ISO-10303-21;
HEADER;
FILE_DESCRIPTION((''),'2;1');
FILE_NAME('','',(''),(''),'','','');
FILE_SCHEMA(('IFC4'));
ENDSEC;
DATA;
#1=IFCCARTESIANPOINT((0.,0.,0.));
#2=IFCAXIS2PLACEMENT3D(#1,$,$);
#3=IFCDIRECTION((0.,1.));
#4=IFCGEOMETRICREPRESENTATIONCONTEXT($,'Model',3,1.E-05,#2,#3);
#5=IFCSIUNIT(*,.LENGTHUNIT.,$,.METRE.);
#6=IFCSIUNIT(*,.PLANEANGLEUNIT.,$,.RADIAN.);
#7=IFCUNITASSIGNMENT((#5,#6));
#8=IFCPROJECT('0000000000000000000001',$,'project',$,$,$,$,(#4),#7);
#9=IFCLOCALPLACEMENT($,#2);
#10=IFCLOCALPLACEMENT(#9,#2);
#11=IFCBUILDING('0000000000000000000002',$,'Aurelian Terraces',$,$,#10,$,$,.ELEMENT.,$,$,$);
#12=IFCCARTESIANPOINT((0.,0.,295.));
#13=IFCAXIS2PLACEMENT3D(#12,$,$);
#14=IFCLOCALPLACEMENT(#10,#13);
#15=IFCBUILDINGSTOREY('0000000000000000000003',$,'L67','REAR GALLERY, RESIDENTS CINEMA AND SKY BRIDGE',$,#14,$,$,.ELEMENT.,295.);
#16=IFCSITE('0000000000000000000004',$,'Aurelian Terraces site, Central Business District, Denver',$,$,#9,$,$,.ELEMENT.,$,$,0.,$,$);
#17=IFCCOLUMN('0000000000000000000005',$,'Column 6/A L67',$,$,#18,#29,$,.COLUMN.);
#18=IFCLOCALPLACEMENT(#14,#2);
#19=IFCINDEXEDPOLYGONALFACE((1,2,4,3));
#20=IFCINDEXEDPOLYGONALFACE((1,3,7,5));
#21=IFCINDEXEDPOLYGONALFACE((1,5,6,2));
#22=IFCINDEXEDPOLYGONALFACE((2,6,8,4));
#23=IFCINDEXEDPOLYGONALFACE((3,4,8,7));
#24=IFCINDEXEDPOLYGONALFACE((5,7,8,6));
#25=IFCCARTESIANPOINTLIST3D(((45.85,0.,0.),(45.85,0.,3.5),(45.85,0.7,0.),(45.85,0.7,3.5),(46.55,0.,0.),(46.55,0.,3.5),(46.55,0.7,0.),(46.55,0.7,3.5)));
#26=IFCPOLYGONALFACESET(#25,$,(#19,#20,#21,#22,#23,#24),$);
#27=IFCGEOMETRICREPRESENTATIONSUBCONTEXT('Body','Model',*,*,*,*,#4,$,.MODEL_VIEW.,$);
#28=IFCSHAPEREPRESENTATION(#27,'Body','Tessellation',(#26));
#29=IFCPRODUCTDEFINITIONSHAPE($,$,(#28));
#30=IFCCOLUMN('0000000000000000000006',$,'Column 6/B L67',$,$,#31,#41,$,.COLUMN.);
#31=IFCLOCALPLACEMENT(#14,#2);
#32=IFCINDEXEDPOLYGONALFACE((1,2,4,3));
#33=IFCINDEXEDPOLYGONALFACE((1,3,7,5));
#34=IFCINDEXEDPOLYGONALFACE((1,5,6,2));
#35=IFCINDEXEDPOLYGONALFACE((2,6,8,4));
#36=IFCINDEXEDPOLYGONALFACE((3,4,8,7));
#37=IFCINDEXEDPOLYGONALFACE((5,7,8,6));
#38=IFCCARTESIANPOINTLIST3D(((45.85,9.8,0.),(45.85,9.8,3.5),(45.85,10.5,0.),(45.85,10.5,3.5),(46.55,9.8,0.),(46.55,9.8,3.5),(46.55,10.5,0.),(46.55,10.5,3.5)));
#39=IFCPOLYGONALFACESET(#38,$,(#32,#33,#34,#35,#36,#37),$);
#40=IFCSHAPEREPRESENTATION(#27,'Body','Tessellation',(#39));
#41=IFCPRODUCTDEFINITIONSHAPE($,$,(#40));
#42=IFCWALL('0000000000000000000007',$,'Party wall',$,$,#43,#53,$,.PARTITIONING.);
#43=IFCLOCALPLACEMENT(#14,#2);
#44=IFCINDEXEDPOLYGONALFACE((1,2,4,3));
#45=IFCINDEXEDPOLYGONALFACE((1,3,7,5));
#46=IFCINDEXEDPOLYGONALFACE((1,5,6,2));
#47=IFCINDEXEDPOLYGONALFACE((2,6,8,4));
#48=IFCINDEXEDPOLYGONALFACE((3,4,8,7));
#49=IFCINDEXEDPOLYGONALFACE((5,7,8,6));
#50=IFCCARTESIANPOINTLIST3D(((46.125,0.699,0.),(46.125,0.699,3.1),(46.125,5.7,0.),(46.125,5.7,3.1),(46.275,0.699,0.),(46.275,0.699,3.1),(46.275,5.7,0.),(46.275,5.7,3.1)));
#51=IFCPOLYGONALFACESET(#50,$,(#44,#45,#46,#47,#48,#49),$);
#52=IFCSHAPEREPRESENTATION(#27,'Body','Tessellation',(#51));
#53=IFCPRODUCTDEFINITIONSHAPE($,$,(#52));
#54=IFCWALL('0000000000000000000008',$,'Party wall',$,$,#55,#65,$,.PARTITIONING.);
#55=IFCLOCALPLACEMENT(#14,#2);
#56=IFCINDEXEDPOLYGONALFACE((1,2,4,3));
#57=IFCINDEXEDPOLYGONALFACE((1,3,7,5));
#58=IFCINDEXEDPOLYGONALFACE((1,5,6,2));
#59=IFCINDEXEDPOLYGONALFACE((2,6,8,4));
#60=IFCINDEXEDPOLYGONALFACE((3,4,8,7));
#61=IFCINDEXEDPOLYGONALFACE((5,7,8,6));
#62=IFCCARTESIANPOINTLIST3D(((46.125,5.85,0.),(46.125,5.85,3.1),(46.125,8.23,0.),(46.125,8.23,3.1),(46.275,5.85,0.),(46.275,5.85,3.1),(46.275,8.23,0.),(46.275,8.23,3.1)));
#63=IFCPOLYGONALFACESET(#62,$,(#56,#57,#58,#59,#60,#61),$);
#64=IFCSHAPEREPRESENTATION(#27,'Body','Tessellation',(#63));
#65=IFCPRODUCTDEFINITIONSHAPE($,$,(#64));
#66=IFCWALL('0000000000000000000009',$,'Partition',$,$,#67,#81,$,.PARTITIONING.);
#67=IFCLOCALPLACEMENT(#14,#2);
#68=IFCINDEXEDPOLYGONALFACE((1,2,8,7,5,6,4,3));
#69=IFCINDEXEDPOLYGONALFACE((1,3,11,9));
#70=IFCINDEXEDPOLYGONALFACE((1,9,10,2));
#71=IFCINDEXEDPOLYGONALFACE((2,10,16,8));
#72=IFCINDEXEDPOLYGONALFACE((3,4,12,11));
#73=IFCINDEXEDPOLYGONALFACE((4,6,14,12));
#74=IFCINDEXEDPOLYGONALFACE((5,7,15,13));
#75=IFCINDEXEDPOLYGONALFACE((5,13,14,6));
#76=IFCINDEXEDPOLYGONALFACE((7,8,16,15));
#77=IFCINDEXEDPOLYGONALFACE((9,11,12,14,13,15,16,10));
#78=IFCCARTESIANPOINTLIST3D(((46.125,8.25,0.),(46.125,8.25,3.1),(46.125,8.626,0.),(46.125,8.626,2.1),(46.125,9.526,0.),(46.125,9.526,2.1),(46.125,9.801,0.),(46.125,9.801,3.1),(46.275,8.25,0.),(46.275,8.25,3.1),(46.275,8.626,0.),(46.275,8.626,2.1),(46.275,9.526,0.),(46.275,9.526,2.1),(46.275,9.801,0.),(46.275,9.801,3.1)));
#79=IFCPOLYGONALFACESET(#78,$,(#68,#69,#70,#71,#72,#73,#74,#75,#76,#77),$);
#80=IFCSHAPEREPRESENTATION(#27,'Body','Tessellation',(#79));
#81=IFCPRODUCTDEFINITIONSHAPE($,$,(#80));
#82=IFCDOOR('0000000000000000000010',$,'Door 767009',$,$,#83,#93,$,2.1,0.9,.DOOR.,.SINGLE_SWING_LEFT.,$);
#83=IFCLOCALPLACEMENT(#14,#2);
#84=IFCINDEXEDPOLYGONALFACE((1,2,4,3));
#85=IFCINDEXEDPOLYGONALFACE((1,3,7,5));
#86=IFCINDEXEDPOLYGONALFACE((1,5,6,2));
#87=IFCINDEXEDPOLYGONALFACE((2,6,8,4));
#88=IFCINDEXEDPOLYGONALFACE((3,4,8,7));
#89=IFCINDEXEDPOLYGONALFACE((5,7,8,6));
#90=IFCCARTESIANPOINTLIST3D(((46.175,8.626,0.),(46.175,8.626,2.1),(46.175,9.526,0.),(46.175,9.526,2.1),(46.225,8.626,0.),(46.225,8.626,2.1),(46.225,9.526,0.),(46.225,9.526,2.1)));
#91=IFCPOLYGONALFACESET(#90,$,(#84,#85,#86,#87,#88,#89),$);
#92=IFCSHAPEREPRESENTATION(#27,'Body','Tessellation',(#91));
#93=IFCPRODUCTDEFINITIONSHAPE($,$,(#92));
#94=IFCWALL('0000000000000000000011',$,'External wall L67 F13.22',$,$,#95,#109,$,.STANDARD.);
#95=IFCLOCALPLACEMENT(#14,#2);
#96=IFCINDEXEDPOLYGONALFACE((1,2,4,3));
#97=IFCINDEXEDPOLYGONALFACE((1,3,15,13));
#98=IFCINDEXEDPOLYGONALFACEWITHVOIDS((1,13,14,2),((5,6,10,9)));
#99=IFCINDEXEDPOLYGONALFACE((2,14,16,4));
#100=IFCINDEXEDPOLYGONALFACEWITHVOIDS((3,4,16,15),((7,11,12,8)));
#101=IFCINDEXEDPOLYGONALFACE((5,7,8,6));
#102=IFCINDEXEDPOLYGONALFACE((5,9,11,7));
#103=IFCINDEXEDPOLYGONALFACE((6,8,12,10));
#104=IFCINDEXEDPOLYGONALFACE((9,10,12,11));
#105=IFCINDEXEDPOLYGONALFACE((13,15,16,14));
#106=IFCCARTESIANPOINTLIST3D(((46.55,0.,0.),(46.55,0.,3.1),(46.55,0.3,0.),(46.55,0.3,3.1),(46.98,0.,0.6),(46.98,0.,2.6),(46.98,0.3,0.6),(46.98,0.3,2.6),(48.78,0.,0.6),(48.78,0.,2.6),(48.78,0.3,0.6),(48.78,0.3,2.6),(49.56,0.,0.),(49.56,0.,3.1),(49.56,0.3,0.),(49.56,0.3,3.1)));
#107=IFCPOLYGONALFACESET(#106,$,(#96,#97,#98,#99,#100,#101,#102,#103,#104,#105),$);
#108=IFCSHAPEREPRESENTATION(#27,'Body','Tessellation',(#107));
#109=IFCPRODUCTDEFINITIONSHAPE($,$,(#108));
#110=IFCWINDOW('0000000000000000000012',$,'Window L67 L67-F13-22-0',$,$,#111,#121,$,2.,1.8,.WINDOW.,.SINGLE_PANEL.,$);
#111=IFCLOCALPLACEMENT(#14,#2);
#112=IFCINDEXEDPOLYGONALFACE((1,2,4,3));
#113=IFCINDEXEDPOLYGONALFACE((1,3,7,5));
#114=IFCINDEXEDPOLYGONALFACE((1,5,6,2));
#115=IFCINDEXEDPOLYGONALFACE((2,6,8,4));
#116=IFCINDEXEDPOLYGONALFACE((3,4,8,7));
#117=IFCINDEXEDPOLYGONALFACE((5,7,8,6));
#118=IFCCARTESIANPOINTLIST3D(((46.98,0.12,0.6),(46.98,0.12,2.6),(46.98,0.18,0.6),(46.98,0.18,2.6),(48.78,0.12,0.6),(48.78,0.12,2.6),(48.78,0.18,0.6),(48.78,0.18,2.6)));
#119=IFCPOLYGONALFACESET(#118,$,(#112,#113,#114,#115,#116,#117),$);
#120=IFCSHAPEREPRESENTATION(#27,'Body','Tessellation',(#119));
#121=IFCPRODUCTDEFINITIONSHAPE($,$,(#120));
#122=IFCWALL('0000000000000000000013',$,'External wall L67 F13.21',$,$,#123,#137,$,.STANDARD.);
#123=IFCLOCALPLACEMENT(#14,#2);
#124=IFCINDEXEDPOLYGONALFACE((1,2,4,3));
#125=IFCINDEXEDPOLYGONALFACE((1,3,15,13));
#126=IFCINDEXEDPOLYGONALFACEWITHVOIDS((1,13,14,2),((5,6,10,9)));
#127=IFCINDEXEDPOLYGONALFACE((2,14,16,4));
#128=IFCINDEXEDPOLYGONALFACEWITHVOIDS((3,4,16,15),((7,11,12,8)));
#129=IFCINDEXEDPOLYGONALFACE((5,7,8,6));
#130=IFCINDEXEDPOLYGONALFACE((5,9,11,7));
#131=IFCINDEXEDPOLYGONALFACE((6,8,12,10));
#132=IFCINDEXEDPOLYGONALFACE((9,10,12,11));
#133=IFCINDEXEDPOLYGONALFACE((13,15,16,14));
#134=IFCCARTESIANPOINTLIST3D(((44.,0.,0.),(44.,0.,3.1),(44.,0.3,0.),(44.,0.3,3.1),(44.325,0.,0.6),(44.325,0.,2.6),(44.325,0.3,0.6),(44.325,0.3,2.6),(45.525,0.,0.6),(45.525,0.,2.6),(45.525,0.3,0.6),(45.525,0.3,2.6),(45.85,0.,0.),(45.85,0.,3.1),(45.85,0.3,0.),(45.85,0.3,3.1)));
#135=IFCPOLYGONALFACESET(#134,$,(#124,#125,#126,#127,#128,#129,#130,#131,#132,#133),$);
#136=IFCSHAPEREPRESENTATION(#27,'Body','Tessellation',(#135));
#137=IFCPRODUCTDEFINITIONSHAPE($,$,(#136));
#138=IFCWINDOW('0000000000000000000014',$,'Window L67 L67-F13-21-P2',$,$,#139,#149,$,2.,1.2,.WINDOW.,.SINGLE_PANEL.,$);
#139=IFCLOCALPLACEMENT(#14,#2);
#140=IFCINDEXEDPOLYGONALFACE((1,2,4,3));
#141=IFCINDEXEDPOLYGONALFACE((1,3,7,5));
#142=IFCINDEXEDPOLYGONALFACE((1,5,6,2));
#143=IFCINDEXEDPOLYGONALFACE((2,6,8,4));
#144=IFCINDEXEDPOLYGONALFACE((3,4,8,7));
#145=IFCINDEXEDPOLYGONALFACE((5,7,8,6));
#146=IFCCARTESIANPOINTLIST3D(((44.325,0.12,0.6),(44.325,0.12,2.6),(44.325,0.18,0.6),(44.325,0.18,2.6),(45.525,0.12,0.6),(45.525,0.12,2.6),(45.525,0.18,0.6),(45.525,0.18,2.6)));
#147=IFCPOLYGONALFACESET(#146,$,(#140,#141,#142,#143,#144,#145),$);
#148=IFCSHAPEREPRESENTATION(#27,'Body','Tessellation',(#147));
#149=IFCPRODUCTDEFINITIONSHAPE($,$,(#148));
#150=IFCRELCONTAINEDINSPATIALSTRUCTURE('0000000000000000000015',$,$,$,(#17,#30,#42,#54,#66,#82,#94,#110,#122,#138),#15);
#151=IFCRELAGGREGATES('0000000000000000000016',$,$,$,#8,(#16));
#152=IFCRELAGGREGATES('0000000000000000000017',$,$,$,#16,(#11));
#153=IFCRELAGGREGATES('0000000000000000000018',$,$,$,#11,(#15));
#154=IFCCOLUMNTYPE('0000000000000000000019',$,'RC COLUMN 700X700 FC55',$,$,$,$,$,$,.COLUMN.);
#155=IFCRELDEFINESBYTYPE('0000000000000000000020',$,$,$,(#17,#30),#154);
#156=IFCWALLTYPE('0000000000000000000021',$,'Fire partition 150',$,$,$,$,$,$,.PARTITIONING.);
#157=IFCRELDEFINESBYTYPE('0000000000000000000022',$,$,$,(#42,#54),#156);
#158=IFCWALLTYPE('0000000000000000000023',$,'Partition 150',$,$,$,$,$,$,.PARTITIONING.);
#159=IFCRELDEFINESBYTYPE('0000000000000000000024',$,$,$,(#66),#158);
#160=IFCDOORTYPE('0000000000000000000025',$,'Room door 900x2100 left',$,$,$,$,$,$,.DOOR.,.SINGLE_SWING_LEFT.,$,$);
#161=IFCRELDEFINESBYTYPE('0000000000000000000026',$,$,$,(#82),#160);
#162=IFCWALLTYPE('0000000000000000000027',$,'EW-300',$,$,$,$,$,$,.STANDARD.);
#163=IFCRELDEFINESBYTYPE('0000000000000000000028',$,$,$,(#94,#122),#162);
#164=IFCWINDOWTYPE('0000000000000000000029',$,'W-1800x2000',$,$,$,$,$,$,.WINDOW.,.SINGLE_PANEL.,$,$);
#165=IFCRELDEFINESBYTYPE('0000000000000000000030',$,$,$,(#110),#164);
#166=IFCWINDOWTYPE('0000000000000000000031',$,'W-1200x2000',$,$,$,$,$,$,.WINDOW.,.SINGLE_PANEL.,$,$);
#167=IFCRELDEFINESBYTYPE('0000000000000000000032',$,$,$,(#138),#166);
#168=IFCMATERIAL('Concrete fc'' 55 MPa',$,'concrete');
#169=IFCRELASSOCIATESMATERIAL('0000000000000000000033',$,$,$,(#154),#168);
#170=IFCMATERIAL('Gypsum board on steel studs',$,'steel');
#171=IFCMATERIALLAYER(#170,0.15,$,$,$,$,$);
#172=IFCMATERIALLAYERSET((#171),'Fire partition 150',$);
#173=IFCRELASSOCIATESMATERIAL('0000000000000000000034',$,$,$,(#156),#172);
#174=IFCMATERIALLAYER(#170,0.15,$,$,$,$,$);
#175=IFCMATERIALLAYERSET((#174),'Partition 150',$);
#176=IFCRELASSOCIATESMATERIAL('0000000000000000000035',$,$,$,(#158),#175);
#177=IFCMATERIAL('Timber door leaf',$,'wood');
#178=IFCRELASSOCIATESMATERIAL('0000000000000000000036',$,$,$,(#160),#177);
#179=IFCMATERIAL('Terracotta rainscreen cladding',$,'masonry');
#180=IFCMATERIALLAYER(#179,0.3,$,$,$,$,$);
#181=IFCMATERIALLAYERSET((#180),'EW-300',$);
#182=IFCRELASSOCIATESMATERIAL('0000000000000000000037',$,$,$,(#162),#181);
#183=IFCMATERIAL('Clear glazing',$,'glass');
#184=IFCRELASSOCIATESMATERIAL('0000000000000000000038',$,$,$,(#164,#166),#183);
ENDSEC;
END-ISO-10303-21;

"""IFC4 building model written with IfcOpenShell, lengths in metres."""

from ifc_helpers import new_model, si_unit, direction, frame, frame_2d, origin, origin_2d, place, context, subcontext, project, spatial, rectangle, extrude, source, transform, mapped, material, layer, layer_set, material_profile, profile_set, type_object, element, fill, save


model = new_model("IFC4")

# Units and contexts
model_context = context("Model", 3, precision=1e-05, world=origin(), true_north=direction((0.0, 1.0)))
body_context = subcontext(model_context, "Body", "Model", "MODEL_VIEW")
ifc_project = project(units=[si_unit("LENGTHUNIT", "METRE"), si_unit("PLANEANGLEUNIT", "RADIAN")], contexts=[model_context])

# Site, building, storey
site_placement = place(None, origin())
site = spatial("IfcSite", under=ifc_project, at=site_placement, Name="Aurelian Terraces site, Central Business District, Denver", CompositionType="ELEMENT", RefElevation=0.0)
building_placement = place(site_placement, origin())
building = spatial("IfcBuilding", under=site, at=building_placement, Name="Aurelian Terraces", CompositionType="ELEMENT")
storey_placement = place(building_placement, frame((0.0, 0.0, 295.0)))
storey = spatial("IfcBuildingStorey", under=building, at=storey_placement, Name="L67", Description="REAR GALLERY, RESIDENTS CINEMA AND SKY BRIDGE", CompositionType="ELEMENT", Elevation=295.0)

# Columns
ifc_material_1 = material(Name="Concrete fc' 55 MPa", Category="concrete")
ifc_material_profile = material_profile(ifc_material_1, rectangle(XDim=0.7, YDim=0.7, at=origin_2d()))
ifc_profile_set = profile_set([ifc_material_profile], Name="Concrete fc' 55 MPa")
column_type = type_object("IfcColumnType", Name="RC COLUMN 700X700 FC55", PredefinedType="COLUMN", material=ifc_profile_set)
shared_shape_1 = source(origin(), body_context, "Body", "SweptSolid", [
    extrude(rectangle(XDim=0.7, YDim=0.7, at=origin_2d()), origin(), (0.0, 0.0, 1.0), 3.5),
])
for number, where, z_axis, x_axis, name in (
    (1, (46.2, 0.35, 0.0), (0.0, 0.0, 1.0), (1.0, 0.0, 0.0), "Column 6/A L67"),
    (2, (46.2, 10.15, 0.0), (0.0, 0.0, 1.0), (1.0, 0.0, 0.0), "Column 6/B L67"),
):
    element("IfcColumn", number, at=place(storey_placement, frame(where, z_axis=z_axis, x_axis=x_axis)), inside=storey, type_object=column_type, Name=name, PredefinedType="COLUMN", context=body_context, shape_type="MappedRepresentation", body=[
        mapped(shared_shape_1, transform((0.0, 0.0, 0.0), scale=1.0)),
    ])

# Walls
ifc_material_2 = material(Name="Gypsum board on steel studs", Category="steel")
ifc_layer_1 = layer(ifc_material_2, 0.15)
ifc_layer_set_1 = layer_set([ifc_layer_1], Name="Fire partition 150")
wall_type_1 = type_object("IfcWallType", Name="Fire partition 150", PredefinedType="PARTITIONING", material=ifc_layer_set_1)
wall_1_placement = place(storey_placement, frame((46.2, 0.699, 0.0), z_axis=(0.0, 0.0, 1.0), x_axis=(0.0, 1.0, 0.0)))
element("IfcWall", 3, at=wall_1_placement, inside=storey, type_object=wall_type_1, Name="Party wall", PredefinedType="PARTITIONING", context=body_context, shape_type="SweptSolid", body=[
    extrude(rectangle(XDim=5.001, YDim=0.15, at=frame_2d((2.5005, 0.0))), origin(), (0.0, 0.0, 1.0), 3.1),
])
wall_2_placement = place(storey_placement, frame((46.2, 5.85, 0.0), z_axis=(0.0, 0.0, 1.0), x_axis=(0.0, 1.0, 0.0)))
element("IfcWall", 4, at=wall_2_placement, inside=storey, type_object=wall_type_1, Name="Party wall", PredefinedType="PARTITIONING", context=body_context, shape_type="SweptSolid", body=[
    extrude(rectangle(XDim=2.38, YDim=0.15, at=frame_2d((1.19, 0.0))), origin(), (0.0, 0.0, 1.0), 3.1),
])

# Wall, opening, door
ifc_layer_2 = layer(ifc_material_2, 0.15)
ifc_layer_set_2 = layer_set([ifc_layer_2], Name="Partition 150")
wall_type_2 = type_object("IfcWallType", Name="Partition 150", PredefinedType="PARTITIONING", material=ifc_layer_set_2)
wall_3_placement = place(storey_placement, frame((46.2, 9.801, 0.0), z_axis=(0.0, 0.0, 1.0), x_axis=(0.0, -1.0, 0.0)))
wall_3 = element("IfcWall", 5, at=wall_3_placement, inside=storey, type_object=wall_type_2, Name="Partition", PredefinedType="PARTITIONING", context=body_context, shape_type="SweptSolid", body=[
    extrude(rectangle(XDim=1.551, YDim=0.15, at=frame_2d((0.7755, 0.0))), origin(), (0.0, 0.0, 1.0), 3.1),
])
shared_shape_2 = source(origin(), body_context, "Body", "SweptSolid", [
    extrude(rectangle(XDim=0.9, YDim=2.1, at=frame_2d((0.45, 1.05))), frame((0.0, 0.085, 0.0), z_axis=(0.0, -1.0, 0.0), x_axis=(1.0, 0.0, 0.0)), (0.0, 0.0, 1.0), 0.17),
])
opening_1_placement = place(wall_3_placement, frame((0.275, 0.0, 0.0)))
opening_1 = element("IfcOpeningElement", 6, at=opening_1_placement, cuts=wall_3, PredefinedType="OPENING", context=body_context, shape_type="MappedRepresentation", body=[
    mapped(shared_shape_2, transform((0.0, 0.0, 0.0), scale=1.0)),
])
ifc_material_3 = material(Name="Timber door leaf", Category="wood")
door_type = type_object("IfcDoorType", Name="Room door 900x2100 left", OperationType="SINGLE_SWING_LEFT", PredefinedType="DOOR", material=ifc_material_3)
shared_shape_3 = source(origin(), body_context, "Body", "SweptSolid", [
    extrude(rectangle(XDim=0.9, YDim=2.1, at=frame_2d((0.45, 1.05))), frame((0.0, 0.025, 0.0), z_axis=(0.0, -1.0, 0.0), x_axis=(1.0, 0.0, 0.0)), (0.0, 0.0, 1.0), 0.05),
])
door_1_placement = place(opening_1_placement, origin())
door_1 = element("IfcDoor", 7, at=door_1_placement, inside=storey, type_object=door_type, Name="Door 767009", OperationType="SINGLE_SWING_LEFT", OverallHeight=2.1, OverallWidth=0.9, PredefinedType="DOOR", context=body_context, shape_type="MappedRepresentation", body=[
    mapped(shared_shape_3, transform((0.0, 0.0, 0.0), scale=1.0)),
])
fill(opening_1, door_1)

# Walls, openings, windows
ifc_material_4 = material(Name="Terracotta rainscreen cladding", Category="masonry")
ifc_layer_3 = layer(ifc_material_4, 0.3)
ifc_layer_set_3 = layer_set([ifc_layer_3], Name="EW-300")
wall_type_3 = type_object("IfcWallType", Name="EW-300", PredefinedType="STANDARD", material=ifc_layer_set_3)
shared_shape_4 = source(origin(), body_context, "Body", "SweptSolid", [
    extrude(rectangle(XDim=3.01, YDim=0.3, at=frame_2d((1.505, 0.0))), origin(), (0.0, 0.0, 1.0), 3.1),
])
wall_4_placement = place(storey_placement, frame((46.55, 0.15, 0.0), z_axis=(0.0, 0.0, 1.0), x_axis=(1.0, 0.0, 0.0)))
wall_4 = element("IfcWall", 8, at=wall_4_placement, inside=storey, type_object=wall_type_3, Name="External wall L67 F13.22", PredefinedType="STANDARD", context=body_context, shape_type="MappedRepresentation", body=[
    mapped(shared_shape_4, transform((0.0, 0.0, 0.0), scale=1.0)),
])
shared_shape_5 = source(origin(), body_context, "Body", "SweptSolid", [
    extrude(rectangle(XDim=1.8, YDim=2.0, at=frame_2d((0.9, 1.0))), frame((0.0, 0.16, 0.0), z_axis=(0.0, -1.0, 0.0), x_axis=(1.0, 0.0, 0.0)), (0.0, 0.0, 1.0), 0.32),
])
opening_2_placement = place(wall_4_placement, frame((0.43, 0.0, 0.6)))
opening_2 = element("IfcOpeningElement", 9, at=opening_2_placement, cuts=wall_4, PredefinedType="OPENING", context=body_context, shape_type="MappedRepresentation", body=[
    mapped(shared_shape_5, transform((0.0, 0.0, 0.0), scale=1.0)),
])
ifc_material_5 = material(Name="Clear glazing", Category="glass")
window_type_1 = type_object("IfcWindowType", Name="W-1800x2000", PartitioningType="SINGLE_PANEL", PredefinedType="WINDOW", material=ifc_material_5)
shared_shape_6 = source(origin(), body_context, "Body", "SweptSolid", [
    extrude(rectangle(XDim=1.8, YDim=2.0, at=frame_2d((0.9, 1.0))), frame((0.0, 0.03, 0.0), z_axis=(0.0, -1.0, 0.0), x_axis=(1.0, 0.0, 0.0)), (0.0, 0.0, 1.0), 0.06),
])
window_1_placement = place(opening_2_placement, origin())
window_1 = element("IfcWindow", 10, at=window_1_placement, inside=storey, type_object=window_type_1, Name="Window L67 L67-F13-22-0", OverallHeight=2.0, OverallWidth=1.8, PartitioningType="SINGLE_PANEL", PredefinedType="WINDOW", context=body_context, shape_type="MappedRepresentation", body=[
    mapped(shared_shape_6, transform((0.0, 0.0, 0.0), scale=1.0)),
])
fill(opening_2, window_1)
shared_shape_7 = source(origin(), body_context, "Body", "SweptSolid", [
    extrude(rectangle(XDim=1.85, YDim=0.3, at=frame_2d((0.925, 0.0))), origin(), (0.0, 0.0, 1.0), 3.1),
])
wall_5_placement = place(storey_placement, frame((44.0, 0.15, 0.0), z_axis=(0.0, 0.0, 1.0), x_axis=(1.0, 0.0, 0.0)))
wall_5 = element("IfcWall", 11, at=wall_5_placement, inside=storey, type_object=wall_type_3, Name="External wall L67 F13.21", PredefinedType="STANDARD", context=body_context, shape_type="MappedRepresentation", body=[
    mapped(shared_shape_7, transform((0.0, 0.0, 0.0), scale=1.0)),
])
shared_shape_8 = source(origin(), body_context, "Body", "SweptSolid", [
    extrude(rectangle(XDim=1.2, YDim=2.0, at=frame_2d((0.6, 1.0))), frame((0.0, 0.16, 0.0), z_axis=(0.0, -1.0, 0.0), x_axis=(1.0, 0.0, 0.0)), (0.0, 0.0, 1.0), 0.32),
])
opening_3_placement = place(wall_5_placement, frame((0.325, 0.0, 0.6)))
opening_3 = element("IfcOpeningElement", 12, at=opening_3_placement, cuts=wall_5, PredefinedType="OPENING", context=body_context, shape_type="MappedRepresentation", body=[
    mapped(shared_shape_8, transform((0.0, 0.0, 0.0), scale=1.0)),
])
window_type_2 = type_object("IfcWindowType", Name="W-1200x2000", PartitioningType="SINGLE_PANEL", PredefinedType="WINDOW", material=ifc_material_5)
shared_shape_9 = source(origin(), body_context, "Body", "SweptSolid", [
    extrude(rectangle(XDim=1.2, YDim=2.0, at=frame_2d((0.6, 1.0))), frame((0.0, 0.03, 0.0), z_axis=(0.0, -1.0, 0.0), x_axis=(1.0, 0.0, 0.0)), (0.0, 0.0, 1.0), 0.06),
])
window_2_placement = place(opening_3_placement, origin())
window_2 = element("IfcWindow", 13, at=window_2_placement, inside=storey, type_object=window_type_2, Name="Window L67 L67-F13-21-P2", OverallHeight=2.0, OverallWidth=1.2, PartitioningType="SINGLE_PANEL", PredefinedType="WINDOW", context=body_context, shape_type="MappedRepresentation", body=[
    mapped(shared_shape_9, transform((0.0, 0.0, 0.0), scale=1.0)),
])
fill(opening_3, window_2)

save(model, "model.ifc")
